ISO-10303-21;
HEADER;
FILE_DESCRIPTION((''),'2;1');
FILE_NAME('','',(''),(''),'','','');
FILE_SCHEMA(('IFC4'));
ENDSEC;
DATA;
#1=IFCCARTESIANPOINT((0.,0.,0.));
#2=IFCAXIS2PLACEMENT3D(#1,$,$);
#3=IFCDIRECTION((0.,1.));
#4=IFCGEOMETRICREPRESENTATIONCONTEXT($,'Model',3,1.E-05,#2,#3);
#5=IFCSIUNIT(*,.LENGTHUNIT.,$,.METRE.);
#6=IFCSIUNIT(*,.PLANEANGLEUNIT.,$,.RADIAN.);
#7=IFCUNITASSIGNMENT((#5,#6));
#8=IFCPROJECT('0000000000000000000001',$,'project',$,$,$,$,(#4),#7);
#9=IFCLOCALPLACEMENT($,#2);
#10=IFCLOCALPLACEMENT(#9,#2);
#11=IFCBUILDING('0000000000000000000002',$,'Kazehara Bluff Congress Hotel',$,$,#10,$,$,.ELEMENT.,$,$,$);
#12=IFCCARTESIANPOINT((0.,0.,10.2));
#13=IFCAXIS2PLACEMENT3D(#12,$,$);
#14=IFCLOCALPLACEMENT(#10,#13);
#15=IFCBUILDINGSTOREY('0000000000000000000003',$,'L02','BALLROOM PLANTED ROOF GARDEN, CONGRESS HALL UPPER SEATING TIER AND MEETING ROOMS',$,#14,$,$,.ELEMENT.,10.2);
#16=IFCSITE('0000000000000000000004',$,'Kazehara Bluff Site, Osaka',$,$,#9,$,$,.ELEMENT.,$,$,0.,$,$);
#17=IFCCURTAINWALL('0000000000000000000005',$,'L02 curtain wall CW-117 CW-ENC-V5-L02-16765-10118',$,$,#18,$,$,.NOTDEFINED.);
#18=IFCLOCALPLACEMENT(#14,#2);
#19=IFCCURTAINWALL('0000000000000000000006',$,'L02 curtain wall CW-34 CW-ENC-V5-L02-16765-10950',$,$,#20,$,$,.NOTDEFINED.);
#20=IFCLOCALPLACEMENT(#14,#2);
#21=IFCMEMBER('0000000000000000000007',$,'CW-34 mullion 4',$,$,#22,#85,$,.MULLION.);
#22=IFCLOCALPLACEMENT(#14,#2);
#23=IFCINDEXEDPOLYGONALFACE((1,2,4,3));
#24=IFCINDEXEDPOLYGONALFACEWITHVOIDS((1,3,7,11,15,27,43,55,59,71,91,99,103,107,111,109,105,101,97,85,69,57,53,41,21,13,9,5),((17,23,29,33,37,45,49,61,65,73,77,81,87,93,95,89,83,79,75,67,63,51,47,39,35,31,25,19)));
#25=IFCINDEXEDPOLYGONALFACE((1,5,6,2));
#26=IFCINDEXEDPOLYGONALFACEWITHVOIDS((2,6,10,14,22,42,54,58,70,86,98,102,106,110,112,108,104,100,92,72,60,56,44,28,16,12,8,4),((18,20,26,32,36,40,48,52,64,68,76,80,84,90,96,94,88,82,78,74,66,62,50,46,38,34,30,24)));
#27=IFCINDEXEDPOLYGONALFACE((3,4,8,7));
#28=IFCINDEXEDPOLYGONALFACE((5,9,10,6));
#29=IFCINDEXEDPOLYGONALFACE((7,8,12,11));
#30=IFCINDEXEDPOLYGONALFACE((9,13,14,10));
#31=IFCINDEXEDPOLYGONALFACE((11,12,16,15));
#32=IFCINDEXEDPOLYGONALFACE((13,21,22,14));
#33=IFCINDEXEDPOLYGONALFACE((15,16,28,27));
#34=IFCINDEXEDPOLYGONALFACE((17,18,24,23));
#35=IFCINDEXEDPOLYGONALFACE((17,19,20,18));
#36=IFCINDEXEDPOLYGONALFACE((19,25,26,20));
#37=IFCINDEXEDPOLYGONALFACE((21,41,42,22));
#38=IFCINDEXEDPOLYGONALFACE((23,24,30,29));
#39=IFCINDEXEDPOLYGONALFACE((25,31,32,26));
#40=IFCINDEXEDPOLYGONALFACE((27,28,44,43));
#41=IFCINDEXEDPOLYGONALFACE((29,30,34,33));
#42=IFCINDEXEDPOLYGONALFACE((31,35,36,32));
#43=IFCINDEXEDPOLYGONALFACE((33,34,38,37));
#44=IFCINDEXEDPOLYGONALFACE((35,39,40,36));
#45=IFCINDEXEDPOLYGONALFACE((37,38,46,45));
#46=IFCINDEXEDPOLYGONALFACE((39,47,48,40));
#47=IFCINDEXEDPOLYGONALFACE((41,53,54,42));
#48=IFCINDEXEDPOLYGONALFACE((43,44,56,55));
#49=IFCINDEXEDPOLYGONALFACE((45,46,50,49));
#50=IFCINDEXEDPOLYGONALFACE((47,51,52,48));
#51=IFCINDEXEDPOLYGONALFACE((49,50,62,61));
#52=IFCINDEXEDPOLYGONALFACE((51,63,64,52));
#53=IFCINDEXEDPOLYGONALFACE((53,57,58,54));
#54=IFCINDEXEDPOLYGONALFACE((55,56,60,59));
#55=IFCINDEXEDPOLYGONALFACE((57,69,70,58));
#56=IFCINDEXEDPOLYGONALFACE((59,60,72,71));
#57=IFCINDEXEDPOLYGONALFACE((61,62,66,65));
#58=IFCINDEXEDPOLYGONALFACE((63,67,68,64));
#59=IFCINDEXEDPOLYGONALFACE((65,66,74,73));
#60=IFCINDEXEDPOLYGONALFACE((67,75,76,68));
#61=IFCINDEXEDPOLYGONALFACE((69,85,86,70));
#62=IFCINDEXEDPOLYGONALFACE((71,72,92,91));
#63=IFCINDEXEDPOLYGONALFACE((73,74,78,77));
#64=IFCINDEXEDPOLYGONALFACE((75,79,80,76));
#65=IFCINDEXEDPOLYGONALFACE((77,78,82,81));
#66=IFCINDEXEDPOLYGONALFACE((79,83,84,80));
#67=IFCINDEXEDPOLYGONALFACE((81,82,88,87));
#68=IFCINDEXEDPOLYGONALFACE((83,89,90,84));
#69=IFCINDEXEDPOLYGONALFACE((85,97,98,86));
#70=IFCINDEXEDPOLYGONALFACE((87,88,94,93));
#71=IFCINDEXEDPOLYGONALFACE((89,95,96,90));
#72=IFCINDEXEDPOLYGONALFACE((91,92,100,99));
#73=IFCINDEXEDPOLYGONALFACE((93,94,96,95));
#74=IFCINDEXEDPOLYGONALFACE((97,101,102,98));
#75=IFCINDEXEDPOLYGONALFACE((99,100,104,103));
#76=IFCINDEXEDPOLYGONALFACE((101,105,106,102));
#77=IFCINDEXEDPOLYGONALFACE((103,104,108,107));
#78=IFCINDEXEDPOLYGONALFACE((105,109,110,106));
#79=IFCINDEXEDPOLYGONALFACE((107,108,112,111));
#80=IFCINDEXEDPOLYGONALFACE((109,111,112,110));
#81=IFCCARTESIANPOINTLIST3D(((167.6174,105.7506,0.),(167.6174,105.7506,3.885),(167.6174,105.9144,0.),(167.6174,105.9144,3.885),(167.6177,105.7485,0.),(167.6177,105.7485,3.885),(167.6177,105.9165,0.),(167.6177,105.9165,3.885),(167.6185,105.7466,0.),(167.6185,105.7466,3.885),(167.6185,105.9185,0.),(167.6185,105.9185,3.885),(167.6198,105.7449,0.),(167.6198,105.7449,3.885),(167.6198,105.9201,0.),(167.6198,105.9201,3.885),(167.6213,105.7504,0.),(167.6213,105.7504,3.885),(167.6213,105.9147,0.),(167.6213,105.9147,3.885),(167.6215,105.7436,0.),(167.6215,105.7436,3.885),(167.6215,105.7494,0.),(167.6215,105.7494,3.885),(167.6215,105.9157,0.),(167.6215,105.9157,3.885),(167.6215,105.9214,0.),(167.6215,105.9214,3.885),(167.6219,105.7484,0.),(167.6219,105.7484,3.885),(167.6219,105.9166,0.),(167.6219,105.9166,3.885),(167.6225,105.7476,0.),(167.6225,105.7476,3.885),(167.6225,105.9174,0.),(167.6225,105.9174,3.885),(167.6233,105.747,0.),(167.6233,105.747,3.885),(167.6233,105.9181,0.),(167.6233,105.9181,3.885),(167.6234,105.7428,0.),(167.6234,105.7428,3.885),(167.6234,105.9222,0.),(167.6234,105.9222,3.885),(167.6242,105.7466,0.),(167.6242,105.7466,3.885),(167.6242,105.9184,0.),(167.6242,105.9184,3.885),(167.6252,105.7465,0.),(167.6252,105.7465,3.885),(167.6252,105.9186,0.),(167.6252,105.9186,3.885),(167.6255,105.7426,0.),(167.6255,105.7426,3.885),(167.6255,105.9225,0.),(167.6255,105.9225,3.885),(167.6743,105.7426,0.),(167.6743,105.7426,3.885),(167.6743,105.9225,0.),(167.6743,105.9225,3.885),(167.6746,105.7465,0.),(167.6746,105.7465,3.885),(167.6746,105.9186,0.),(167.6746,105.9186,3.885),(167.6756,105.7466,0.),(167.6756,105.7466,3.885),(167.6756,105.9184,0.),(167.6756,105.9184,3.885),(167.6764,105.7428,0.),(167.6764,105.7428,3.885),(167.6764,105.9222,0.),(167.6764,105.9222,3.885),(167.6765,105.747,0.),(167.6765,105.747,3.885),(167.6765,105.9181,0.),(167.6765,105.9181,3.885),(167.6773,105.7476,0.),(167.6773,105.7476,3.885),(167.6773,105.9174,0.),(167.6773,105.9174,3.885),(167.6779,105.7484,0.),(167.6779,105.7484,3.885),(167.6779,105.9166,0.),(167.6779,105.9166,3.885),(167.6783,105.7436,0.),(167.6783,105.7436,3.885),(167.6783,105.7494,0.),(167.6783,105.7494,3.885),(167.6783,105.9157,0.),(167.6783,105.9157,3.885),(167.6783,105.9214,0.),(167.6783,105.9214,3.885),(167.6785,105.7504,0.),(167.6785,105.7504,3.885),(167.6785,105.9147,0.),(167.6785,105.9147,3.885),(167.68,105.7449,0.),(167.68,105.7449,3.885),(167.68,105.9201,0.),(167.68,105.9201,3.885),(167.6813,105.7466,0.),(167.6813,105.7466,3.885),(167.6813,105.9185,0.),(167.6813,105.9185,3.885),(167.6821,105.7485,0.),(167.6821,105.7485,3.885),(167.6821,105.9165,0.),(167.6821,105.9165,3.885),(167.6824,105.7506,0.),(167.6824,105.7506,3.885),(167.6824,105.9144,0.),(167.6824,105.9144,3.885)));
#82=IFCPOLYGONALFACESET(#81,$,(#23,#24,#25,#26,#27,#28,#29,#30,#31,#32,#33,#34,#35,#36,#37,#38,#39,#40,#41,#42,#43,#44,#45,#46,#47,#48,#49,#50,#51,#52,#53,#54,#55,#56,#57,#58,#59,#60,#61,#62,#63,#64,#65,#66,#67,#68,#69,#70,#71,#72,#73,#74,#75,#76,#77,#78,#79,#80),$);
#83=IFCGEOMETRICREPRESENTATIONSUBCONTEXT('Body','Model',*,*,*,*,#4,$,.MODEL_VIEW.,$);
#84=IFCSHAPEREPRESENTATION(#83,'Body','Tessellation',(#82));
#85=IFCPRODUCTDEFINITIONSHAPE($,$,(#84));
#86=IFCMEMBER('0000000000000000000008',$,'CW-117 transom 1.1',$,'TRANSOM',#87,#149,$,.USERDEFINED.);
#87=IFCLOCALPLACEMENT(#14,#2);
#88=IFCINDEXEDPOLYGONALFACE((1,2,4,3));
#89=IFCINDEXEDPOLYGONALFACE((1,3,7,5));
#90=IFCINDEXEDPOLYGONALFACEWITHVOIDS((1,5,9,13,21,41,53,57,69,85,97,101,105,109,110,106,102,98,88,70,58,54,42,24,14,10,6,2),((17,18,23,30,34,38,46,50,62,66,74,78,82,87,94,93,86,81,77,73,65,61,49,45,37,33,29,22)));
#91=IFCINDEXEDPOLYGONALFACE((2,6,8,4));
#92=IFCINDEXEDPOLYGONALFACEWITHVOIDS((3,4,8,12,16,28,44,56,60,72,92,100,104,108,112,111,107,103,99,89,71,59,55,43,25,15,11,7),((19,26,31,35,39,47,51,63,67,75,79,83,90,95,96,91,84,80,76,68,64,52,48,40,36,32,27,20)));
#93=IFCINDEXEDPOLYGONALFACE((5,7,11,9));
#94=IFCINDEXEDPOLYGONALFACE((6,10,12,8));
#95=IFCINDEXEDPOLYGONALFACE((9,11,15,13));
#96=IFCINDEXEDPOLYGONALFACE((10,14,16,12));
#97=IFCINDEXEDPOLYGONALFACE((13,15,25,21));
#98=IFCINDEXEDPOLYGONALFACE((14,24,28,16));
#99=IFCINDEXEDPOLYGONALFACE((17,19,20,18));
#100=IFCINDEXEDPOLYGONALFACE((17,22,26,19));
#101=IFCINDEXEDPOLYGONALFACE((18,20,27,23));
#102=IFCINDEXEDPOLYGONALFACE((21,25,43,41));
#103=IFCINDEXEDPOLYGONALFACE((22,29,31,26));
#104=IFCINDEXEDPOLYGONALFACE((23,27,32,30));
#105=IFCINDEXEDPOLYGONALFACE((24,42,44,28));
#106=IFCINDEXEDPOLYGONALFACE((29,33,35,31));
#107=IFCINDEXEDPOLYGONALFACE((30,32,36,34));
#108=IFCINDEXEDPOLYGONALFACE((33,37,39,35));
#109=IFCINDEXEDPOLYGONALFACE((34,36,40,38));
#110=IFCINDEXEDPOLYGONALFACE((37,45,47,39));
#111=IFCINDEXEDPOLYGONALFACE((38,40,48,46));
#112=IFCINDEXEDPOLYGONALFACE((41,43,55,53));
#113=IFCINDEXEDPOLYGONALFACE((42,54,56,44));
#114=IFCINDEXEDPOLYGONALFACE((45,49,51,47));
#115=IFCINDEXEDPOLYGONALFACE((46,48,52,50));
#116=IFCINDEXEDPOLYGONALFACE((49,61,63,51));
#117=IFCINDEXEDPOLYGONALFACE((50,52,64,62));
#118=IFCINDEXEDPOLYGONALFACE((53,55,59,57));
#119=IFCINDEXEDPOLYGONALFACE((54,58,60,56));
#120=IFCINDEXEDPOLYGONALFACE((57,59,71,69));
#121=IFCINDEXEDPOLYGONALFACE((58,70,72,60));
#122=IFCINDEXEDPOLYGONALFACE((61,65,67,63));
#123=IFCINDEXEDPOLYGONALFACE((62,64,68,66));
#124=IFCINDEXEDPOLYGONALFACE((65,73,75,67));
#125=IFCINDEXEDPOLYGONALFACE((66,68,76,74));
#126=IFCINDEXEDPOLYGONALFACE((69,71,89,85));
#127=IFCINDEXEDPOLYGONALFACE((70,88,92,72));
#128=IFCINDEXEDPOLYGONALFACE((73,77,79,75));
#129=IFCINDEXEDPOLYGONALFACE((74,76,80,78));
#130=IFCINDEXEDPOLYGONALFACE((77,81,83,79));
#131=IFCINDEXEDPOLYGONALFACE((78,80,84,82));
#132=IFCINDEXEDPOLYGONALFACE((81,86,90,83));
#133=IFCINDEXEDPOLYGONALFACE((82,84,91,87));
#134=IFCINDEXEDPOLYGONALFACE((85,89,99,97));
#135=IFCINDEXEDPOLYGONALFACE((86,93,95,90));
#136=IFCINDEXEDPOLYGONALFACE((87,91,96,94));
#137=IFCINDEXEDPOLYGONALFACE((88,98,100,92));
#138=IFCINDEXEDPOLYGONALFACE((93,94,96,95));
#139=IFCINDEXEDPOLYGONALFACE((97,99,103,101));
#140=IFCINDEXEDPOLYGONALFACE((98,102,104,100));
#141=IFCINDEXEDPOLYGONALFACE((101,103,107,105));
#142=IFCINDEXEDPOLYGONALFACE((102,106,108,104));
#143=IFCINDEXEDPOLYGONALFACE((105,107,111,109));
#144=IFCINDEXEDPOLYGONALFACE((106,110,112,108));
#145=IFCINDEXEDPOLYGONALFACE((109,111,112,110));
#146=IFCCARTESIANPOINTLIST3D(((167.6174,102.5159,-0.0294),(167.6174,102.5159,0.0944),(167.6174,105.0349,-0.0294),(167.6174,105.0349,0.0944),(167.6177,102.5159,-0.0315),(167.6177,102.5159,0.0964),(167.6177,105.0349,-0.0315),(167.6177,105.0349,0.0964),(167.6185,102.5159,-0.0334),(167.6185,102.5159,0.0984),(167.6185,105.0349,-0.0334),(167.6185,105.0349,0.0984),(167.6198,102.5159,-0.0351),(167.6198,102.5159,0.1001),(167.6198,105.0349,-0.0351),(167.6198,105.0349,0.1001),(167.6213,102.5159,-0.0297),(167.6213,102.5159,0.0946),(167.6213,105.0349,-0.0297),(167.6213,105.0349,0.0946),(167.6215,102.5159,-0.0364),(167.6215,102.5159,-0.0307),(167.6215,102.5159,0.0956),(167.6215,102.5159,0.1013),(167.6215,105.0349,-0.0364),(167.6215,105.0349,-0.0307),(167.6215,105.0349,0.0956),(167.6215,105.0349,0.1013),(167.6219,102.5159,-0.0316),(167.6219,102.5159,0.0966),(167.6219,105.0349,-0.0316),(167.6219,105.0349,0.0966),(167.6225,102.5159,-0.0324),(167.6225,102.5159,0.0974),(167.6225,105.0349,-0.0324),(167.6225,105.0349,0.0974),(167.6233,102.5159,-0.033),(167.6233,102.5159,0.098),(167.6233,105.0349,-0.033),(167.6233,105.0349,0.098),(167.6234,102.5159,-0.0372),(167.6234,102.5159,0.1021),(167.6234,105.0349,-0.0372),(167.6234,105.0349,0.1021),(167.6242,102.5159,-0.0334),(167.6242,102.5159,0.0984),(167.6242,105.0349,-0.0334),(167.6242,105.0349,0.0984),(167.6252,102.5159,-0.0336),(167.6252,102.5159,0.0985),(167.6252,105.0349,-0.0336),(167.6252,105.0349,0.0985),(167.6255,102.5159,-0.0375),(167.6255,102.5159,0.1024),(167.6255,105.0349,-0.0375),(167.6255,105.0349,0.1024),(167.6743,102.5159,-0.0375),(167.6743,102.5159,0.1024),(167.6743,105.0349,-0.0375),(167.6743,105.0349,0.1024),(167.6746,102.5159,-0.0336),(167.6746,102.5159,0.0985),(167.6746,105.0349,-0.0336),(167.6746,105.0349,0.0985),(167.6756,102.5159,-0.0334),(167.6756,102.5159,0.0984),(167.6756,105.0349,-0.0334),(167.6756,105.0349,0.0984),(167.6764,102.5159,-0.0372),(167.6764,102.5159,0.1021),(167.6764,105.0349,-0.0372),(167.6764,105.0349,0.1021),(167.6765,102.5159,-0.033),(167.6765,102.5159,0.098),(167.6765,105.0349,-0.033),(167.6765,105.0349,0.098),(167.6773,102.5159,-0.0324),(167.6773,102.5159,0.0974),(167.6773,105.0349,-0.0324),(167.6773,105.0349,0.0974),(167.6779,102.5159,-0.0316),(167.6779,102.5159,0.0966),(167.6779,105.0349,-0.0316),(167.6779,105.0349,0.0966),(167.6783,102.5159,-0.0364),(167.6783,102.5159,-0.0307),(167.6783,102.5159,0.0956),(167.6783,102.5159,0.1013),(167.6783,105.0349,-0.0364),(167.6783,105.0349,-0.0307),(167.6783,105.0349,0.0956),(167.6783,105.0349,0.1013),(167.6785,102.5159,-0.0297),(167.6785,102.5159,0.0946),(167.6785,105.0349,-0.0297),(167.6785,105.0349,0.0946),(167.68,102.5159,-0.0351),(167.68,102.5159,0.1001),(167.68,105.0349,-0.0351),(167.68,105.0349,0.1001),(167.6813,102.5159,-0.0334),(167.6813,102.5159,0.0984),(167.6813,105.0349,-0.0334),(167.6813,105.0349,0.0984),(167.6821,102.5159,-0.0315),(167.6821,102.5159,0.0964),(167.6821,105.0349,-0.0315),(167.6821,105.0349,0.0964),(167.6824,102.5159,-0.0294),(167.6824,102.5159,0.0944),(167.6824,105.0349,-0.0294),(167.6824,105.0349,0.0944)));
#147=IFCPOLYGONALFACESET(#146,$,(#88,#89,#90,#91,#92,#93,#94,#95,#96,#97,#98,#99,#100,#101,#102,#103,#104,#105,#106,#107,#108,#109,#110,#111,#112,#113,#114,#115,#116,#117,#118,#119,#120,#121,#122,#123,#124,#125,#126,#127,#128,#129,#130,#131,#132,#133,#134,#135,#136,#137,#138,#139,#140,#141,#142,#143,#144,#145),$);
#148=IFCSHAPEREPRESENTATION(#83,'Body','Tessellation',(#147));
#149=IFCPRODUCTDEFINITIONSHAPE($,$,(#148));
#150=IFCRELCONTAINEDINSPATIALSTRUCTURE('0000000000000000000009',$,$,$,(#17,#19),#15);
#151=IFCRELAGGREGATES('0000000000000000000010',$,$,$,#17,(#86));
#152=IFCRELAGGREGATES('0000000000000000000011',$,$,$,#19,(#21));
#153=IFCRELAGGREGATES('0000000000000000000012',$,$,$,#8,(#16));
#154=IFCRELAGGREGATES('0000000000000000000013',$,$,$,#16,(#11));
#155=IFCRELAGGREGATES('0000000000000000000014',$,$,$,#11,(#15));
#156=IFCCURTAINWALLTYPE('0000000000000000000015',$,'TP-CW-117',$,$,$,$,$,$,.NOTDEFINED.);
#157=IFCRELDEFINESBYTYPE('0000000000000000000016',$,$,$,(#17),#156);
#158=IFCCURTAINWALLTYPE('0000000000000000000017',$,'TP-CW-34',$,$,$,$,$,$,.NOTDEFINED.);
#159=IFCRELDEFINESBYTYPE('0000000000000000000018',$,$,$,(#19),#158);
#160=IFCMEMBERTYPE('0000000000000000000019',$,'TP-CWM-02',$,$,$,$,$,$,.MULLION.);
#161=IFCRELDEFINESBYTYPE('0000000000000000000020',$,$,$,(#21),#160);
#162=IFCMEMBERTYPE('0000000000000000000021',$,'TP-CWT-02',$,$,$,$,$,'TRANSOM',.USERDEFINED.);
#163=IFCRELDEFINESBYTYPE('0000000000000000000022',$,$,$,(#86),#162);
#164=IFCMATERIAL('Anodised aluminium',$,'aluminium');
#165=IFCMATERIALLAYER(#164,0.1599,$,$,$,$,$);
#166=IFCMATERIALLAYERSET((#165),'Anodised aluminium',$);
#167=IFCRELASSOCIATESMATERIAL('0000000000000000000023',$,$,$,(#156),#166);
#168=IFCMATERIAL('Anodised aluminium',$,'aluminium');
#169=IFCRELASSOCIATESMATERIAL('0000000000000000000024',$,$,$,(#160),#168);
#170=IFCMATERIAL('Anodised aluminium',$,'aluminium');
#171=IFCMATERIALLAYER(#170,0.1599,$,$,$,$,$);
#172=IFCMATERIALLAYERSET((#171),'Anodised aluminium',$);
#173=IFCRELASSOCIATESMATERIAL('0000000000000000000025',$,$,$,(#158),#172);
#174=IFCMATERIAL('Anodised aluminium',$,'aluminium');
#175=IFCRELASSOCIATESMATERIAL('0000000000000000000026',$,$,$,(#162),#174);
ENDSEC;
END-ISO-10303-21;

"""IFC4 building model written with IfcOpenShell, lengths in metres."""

from ifc_helpers import new_model, si_unit, direction, frame, origin, origin_2d, place, context, subcontext, project, spatial, hollow_rectangle, extrude, material, layer, layer_set, material_profile, profile_set, type_object, element, aggregate, save


model = new_model("IFC4")

# Units and contexts
model_context = context("Model", 3, precision=1e-05, world=origin(), true_north=direction((0.0, 1.0)))
body_context = subcontext(model_context, "Body", "Model", "MODEL_VIEW")
ifc_project = project(units=[si_unit("LENGTHUNIT", "METRE"), si_unit("PLANEANGLEUNIT", "RADIAN")], contexts=[model_context])

# Site, building, storey
site_placement = place(None, origin())
site = spatial("IfcSite", under=ifc_project, at=site_placement, Name="Kazehara Bluff Site, Osaka", CompositionType="ELEMENT", RefElevation=0.0)
building_placement = place(site_placement, origin())
building = spatial("IfcBuilding", under=site, at=building_placement, Name="Kazehara Bluff Congress Hotel", CompositionType="ELEMENT")
storey_placement = place(building_placement, frame((0.0, 0.0, 10.2)))
storey = spatial("IfcBuildingStorey", under=building, at=storey_placement, Name="L02", Description="BALLROOM PLANTED ROOF GARDEN, CONGRESS HALL UPPER SEATING TIER AND MEETING ROOMS", CompositionType="ELEMENT", Elevation=10.2)

# Curtain walls, member
ifc_material_1 = material(Name="Anodised aluminium", Category="aluminium")
ifc_layer_1 = layer(ifc_material_1, 0.1599)
ifc_layer_set_1 = layer_set([ifc_layer_1], Name="Anodised aluminium")
curtain_wall_type_1 = type_object("IfcCurtainWallType", Name="TP-CW-117", PredefinedType="NOTDEFINED", material=ifc_layer_set_1)
curtain_wall_1_placement = place(storey_placement, origin())
curtain_wall_1 = element("IfcCurtainWall", 1, at=curtain_wall_1_placement, inside=storey, type_object=curtain_wall_type_1, Name="L02 curtain wall CW-117 CW-ENC-V5-L02-16765-10118", PredefinedType="NOTDEFINED")
ifc_material_2 = material(Name="Anodised aluminium", Category="aluminium")
ifc_material_profile_1 = material_profile(ifc_material_2, hollow_rectangle(XDim=0.0649, YDim=0.1799, WallThickness=0.0039, InnerFilletRadius=0.0039, OuterFilletRadius=0.0081, at=origin_2d()))
ifc_profile_set_1 = profile_set([ifc_material_profile_1], Name="Anodised aluminium")
member_type_1 = type_object("IfcMemberType", Name="TP-CWM-02", PredefinedType="MULLION", material=ifc_profile_set_1)
ifc_material_3 = material(Name="Anodised aluminium", Category="aluminium")
ifc_layer_2 = layer(ifc_material_3, 0.1599)
ifc_layer_set_2 = layer_set([ifc_layer_2], Name="Anodised aluminium")
curtain_wall_type_2 = type_object("IfcCurtainWallType", Name="TP-CW-34", PredefinedType="NOTDEFINED", material=ifc_layer_set_2)
curtain_wall_2_placement = place(storey_placement, origin())
curtain_wall_2 = element("IfcCurtainWall", 2, at=curtain_wall_2_placement, inside=storey, type_object=curtain_wall_type_2, Name="L02 curtain wall CW-34 CW-ENC-V5-L02-16765-10950", PredefinedType="NOTDEFINED")
member_1_placement = place(storey_placement, frame((167.6499, 105.8325, 0.0), z_axis=(0.0, 0.0, 1.0), x_axis=(1.0, 0.0, 0.0)))
member_1 = element("IfcMember", 3, at=member_1_placement, type_object=member_type_1, Name="CW-34 mullion 4", PredefinedType="MULLION", context=body_context, shape_type="SweptSolid", body=[
    extrude(hollow_rectangle(XDim=0.0649, YDim=0.1799, WallThickness=0.0039, InnerFilletRadius=0.0039, OuterFilletRadius=0.0081, at=origin_2d()), origin(), (0.0, 0.0, 1.0), 3.885),
])

# Member
ifc_material_4 = material(Name="Anodised aluminium", Category="aluminium")
ifc_material_profile_2 = material_profile(ifc_material_4, hollow_rectangle(XDim=0.0649, YDim=0.1399, WallThickness=0.0039, InnerFilletRadius=0.0039, OuterFilletRadius=0.0081, at=origin_2d()))
ifc_profile_set_2 = profile_set([ifc_material_profile_2], Name="Anodised aluminium")
member_type_2 = type_object("IfcMemberType", Name="TP-CWT-02", ElementType="TRANSOM", PredefinedType="USERDEFINED", material=ifc_profile_set_2)
member_2_placement = place(storey_placement, frame((167.6499, 105.0349, 0.0325), z_axis=(0.0, -1.0, 0.0), x_axis=(1.0, 0.0, 0.0)))
member_2 = element("IfcMember", 4, at=member_2_placement, type_object=member_type_2, Name="CW-117 transom 1.1", ObjectType="TRANSOM", PredefinedType="USERDEFINED", context=body_context, shape_type="SweptSolid", body=[
    extrude(hollow_rectangle(XDim=0.0649, YDim=0.1399, WallThickness=0.0039, InnerFilletRadius=0.0039, OuterFilletRadius=0.0081, at=origin_2d()), origin(), (0.0, 0.0, 1.0), 2.519),
])

aggregate(curtain_wall_1, [member_2])
aggregate(curtain_wall_2, [member_1])

save(model, "model.ifc")
